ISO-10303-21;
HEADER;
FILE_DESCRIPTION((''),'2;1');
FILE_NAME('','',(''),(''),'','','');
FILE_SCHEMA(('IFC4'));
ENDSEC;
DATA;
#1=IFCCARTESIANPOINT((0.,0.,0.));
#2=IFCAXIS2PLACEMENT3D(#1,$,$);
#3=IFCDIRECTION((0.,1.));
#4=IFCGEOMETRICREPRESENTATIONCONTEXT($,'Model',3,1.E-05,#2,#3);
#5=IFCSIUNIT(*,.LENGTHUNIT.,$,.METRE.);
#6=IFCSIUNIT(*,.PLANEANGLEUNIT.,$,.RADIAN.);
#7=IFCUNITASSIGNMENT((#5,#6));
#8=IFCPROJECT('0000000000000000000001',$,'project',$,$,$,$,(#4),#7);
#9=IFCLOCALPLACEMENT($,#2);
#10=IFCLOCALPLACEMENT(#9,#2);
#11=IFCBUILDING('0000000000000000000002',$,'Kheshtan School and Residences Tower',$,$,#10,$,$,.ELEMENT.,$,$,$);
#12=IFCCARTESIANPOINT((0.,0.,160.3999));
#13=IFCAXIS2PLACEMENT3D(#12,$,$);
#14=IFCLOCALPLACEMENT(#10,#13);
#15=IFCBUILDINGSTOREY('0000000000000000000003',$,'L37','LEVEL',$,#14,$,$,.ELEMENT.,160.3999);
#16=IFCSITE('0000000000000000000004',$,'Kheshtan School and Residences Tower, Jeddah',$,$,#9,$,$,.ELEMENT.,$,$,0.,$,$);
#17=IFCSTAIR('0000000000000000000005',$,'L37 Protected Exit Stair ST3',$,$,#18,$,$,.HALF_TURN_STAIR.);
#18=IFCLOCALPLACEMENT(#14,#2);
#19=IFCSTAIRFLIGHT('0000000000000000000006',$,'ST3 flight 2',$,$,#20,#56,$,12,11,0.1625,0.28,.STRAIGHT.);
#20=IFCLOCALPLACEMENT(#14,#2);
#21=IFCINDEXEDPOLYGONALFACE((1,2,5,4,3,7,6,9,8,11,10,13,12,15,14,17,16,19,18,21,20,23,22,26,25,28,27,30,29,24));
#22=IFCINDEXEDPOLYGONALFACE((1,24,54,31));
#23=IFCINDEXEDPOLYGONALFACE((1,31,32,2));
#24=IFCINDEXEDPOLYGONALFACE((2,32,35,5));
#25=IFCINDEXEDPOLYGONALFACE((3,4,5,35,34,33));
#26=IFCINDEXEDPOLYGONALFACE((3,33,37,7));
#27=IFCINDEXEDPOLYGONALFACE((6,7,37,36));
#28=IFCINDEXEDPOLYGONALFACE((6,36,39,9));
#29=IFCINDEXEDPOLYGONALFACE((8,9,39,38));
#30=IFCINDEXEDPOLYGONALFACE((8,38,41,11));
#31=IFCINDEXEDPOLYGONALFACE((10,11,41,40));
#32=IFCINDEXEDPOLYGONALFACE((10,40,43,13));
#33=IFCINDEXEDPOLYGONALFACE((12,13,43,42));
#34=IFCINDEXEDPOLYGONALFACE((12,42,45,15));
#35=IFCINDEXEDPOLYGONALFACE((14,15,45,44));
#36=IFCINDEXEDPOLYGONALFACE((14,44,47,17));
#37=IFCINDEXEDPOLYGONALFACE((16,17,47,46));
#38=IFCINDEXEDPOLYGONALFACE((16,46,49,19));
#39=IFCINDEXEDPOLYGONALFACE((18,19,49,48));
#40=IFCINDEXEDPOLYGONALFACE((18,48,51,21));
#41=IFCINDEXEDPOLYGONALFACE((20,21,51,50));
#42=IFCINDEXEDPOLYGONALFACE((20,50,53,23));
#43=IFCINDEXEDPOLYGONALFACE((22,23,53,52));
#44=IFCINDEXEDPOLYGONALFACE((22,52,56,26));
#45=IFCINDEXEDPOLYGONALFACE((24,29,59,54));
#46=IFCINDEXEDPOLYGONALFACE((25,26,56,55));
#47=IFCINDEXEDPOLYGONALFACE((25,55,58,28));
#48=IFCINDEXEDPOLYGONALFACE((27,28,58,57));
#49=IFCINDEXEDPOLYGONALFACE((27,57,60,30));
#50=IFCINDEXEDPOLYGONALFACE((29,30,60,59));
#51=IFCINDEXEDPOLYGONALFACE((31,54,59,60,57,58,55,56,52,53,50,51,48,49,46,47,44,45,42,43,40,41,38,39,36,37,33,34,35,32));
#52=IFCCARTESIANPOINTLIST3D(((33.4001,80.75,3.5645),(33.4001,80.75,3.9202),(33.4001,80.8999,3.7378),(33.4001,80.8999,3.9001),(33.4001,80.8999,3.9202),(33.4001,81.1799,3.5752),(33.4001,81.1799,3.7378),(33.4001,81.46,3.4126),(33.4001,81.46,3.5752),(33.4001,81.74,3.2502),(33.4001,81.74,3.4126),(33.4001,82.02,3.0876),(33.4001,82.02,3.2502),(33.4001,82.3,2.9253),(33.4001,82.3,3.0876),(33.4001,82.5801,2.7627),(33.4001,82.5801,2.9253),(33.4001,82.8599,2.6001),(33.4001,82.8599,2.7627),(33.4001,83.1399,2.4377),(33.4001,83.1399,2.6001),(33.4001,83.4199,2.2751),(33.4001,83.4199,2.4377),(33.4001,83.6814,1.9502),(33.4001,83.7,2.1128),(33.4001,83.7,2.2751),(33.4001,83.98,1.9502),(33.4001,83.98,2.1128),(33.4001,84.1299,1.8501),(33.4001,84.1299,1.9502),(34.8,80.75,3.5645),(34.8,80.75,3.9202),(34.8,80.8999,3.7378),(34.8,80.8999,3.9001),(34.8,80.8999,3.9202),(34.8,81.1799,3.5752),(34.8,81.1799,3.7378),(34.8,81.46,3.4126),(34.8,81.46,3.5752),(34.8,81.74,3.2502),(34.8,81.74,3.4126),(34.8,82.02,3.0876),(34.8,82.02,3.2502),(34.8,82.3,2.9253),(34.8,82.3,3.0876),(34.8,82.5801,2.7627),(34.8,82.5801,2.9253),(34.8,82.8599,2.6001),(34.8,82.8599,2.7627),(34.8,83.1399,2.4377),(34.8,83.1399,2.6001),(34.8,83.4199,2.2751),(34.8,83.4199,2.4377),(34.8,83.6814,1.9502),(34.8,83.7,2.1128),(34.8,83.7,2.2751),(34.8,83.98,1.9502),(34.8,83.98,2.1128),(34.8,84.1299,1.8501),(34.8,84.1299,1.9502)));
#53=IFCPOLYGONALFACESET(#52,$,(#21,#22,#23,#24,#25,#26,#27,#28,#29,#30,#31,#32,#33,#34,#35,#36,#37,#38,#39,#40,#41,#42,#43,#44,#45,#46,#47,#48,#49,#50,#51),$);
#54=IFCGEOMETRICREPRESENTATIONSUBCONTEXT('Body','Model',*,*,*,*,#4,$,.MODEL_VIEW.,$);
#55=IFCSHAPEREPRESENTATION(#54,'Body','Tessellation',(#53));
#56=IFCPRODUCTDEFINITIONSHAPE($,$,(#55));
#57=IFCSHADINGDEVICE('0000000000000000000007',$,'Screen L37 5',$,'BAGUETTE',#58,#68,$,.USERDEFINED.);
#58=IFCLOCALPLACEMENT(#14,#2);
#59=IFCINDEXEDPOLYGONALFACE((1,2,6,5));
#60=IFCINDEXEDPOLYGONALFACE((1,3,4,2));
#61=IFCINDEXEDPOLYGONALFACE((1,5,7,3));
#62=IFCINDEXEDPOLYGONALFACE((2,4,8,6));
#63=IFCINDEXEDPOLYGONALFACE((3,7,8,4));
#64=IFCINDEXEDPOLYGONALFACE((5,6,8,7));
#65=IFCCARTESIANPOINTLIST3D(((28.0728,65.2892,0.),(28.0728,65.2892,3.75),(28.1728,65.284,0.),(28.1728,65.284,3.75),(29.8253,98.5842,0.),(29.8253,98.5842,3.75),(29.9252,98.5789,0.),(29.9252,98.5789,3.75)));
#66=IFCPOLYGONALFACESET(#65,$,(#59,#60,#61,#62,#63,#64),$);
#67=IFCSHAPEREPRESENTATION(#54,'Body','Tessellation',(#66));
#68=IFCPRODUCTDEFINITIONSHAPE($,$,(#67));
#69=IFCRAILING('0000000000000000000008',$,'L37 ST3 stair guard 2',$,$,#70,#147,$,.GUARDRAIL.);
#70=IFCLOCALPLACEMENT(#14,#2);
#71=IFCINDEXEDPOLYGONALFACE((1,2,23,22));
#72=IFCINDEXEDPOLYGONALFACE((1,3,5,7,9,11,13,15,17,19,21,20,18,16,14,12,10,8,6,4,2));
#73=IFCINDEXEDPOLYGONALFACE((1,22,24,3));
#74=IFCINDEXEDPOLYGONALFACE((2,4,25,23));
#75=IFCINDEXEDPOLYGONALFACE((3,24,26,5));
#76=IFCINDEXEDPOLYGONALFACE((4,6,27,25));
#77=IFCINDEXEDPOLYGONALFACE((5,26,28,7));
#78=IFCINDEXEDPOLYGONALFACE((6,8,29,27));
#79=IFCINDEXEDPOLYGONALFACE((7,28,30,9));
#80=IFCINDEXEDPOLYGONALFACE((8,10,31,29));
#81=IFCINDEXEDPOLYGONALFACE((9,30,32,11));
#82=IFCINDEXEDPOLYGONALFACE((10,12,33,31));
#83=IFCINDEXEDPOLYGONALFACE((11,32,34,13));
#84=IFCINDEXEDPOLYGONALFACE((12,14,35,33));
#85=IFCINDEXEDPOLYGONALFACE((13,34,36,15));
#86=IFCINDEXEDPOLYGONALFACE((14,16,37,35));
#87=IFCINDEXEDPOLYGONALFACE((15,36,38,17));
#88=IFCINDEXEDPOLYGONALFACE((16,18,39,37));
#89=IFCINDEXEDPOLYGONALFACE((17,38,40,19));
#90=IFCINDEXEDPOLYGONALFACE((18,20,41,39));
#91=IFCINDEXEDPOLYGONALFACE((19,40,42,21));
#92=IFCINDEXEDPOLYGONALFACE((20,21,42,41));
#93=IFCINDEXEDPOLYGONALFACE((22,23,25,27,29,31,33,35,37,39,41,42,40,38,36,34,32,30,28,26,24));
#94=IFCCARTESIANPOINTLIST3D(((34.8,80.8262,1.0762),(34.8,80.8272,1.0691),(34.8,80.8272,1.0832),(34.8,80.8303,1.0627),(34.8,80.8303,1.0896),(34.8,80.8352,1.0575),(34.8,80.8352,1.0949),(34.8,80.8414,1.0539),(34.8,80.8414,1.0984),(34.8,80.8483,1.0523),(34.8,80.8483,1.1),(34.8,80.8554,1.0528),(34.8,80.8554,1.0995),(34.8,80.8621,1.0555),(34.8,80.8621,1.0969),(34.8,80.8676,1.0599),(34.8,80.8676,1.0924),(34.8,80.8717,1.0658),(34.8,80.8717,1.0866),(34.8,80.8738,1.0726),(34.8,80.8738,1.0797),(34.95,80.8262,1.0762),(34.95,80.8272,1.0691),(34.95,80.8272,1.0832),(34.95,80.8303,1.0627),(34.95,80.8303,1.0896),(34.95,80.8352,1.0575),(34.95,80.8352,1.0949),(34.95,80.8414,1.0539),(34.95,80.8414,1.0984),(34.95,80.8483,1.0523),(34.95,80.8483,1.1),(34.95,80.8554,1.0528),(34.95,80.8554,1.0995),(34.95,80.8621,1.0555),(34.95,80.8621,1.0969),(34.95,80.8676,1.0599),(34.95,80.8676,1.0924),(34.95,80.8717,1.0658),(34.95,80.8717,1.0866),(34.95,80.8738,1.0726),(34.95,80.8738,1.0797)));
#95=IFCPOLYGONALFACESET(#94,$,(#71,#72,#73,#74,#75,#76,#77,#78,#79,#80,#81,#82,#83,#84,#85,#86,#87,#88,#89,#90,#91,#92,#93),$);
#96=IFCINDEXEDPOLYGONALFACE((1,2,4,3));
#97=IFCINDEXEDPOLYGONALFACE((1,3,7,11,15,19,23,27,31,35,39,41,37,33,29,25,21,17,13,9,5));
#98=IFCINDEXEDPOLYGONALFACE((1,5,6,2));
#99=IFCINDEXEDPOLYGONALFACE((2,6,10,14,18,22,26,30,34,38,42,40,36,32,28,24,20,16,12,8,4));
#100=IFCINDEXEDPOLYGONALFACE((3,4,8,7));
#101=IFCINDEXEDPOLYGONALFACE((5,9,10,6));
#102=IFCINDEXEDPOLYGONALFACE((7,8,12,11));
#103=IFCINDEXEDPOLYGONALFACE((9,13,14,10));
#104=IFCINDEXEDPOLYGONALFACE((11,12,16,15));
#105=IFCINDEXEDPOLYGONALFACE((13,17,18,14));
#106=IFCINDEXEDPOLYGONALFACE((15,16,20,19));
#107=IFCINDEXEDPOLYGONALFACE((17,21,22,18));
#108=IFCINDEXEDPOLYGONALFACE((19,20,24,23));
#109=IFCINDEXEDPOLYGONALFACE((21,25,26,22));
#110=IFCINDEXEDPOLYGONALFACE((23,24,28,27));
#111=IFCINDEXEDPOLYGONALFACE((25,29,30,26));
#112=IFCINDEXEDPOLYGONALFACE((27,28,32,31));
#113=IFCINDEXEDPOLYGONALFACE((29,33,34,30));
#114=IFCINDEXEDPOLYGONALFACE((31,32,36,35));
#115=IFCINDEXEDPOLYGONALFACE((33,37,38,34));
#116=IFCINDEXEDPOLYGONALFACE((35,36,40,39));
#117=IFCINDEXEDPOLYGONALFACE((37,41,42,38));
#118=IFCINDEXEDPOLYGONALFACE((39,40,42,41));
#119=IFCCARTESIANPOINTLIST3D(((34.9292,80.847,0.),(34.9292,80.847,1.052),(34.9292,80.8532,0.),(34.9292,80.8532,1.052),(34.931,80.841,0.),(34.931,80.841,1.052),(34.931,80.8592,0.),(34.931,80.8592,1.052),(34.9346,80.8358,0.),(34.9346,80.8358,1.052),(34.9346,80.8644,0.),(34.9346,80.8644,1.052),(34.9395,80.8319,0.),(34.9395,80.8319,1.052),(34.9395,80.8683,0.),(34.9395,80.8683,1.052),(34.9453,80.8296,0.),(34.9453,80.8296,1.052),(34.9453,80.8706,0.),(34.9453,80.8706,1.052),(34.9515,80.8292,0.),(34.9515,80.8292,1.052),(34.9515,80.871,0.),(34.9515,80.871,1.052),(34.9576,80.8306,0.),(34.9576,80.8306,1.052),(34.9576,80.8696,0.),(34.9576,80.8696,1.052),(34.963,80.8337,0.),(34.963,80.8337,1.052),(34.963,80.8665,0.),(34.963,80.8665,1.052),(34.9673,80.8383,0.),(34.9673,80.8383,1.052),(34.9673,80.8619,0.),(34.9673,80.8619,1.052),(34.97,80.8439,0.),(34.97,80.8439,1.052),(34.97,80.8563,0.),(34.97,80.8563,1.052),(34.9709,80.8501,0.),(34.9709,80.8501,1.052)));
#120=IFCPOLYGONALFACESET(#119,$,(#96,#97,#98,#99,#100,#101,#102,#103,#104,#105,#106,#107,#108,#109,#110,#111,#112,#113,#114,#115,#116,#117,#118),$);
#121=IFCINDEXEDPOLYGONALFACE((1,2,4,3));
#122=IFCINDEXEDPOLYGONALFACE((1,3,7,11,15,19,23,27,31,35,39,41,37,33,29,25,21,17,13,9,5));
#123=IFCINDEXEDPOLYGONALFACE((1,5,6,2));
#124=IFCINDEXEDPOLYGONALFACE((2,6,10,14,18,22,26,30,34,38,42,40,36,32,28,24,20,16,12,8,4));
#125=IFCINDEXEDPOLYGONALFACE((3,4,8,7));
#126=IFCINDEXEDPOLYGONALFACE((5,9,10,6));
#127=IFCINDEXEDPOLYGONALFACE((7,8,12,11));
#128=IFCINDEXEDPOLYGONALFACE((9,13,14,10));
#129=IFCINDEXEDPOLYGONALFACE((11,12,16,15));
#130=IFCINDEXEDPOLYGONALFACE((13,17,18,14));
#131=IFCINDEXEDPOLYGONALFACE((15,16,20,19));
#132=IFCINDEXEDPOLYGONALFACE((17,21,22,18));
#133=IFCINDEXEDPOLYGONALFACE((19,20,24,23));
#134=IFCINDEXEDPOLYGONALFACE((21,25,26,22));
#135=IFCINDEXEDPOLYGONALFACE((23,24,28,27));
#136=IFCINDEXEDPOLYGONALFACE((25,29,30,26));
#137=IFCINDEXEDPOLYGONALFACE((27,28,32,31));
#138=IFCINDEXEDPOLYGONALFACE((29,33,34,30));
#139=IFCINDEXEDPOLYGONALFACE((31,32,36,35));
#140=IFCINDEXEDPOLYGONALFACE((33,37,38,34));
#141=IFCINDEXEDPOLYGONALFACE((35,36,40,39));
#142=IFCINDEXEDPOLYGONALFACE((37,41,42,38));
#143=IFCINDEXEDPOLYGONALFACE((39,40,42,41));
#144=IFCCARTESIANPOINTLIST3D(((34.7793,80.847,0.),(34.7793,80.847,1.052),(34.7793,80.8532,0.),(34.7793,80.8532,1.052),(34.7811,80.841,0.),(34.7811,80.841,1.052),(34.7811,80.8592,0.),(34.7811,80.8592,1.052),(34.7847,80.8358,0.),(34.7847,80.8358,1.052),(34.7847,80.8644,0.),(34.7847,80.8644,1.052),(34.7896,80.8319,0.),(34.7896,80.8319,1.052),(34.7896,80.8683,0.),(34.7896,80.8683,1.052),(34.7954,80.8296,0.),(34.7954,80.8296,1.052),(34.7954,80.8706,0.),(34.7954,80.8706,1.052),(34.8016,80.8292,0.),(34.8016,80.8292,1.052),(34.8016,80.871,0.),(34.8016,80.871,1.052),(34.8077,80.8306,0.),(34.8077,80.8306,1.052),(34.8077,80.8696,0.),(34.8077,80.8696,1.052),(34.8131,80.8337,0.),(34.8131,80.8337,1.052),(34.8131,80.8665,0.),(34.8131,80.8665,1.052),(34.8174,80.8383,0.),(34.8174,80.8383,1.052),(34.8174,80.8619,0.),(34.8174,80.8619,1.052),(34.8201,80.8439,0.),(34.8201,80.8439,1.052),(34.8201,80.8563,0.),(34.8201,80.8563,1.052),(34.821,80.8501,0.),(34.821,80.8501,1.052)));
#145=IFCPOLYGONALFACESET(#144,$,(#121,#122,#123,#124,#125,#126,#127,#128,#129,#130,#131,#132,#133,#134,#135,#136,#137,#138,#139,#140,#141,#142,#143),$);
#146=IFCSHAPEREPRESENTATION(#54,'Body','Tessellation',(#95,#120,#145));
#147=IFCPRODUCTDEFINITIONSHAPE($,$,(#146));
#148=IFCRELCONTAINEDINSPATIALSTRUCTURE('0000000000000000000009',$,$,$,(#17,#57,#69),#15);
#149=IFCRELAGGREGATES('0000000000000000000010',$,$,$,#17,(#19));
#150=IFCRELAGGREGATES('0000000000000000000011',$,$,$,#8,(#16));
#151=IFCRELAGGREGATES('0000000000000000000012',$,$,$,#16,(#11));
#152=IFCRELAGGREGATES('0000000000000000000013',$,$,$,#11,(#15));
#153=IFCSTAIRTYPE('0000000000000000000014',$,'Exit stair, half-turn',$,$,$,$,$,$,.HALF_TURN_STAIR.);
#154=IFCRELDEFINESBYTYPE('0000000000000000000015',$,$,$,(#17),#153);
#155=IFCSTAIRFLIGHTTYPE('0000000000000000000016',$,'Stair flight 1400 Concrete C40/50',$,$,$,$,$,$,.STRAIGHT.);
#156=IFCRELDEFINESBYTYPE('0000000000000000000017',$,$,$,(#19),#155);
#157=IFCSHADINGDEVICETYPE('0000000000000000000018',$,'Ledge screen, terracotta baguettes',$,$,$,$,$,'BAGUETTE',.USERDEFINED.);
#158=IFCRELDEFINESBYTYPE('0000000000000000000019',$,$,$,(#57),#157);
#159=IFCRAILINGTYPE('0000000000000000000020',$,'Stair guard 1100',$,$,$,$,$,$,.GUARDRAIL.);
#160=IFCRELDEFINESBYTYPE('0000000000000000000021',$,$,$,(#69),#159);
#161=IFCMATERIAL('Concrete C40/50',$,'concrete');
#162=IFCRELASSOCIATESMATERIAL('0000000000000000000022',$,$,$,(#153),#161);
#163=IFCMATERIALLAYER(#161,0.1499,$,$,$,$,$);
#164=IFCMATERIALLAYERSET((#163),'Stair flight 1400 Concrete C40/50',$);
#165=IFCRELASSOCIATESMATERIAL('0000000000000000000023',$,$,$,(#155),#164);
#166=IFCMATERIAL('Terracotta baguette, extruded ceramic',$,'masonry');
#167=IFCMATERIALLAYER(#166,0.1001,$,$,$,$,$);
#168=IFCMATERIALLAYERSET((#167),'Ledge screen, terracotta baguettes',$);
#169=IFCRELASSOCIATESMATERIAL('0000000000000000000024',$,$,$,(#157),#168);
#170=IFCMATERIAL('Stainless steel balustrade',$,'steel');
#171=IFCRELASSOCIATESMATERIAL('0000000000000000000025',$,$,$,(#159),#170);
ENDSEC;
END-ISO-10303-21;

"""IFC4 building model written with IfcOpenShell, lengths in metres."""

from ifc_helpers import new_model, si_unit, direction, frame, origin, origin_2d, place, context, subcontext, project, spatial, polyline, rectangle, circle, outline, extrude, material, layer, layer_set, type_object, element, aggregate, save


model = new_model("IFC4")

# Units and contexts
model_context = context("Model", 3, precision=1e-05, world=origin(), true_north=direction((0.0, 1.0)))
body_context = subcontext(model_context, "Body", "Model", "MODEL_VIEW")
ifc_project = project(units=[si_unit("LENGTHUNIT", "METRE"), si_unit("PLANEANGLEUNIT", "RADIAN")], contexts=[model_context])

# Site, building, storey
site_placement = place(None, origin())
site = spatial("IfcSite", under=ifc_project, at=site_placement, Name="Kheshtan School and Residences Tower, Jeddah", CompositionType="ELEMENT", RefElevation=0.0)
building_placement = place(site_placement, origin())
building = spatial("IfcBuilding", under=site, at=building_placement, Name="Kheshtan School and Residences Tower", CompositionType="ELEMENT")
storey_placement = place(building_placement, frame((0.0, 0.0, 160.3999)))
storey = spatial("IfcBuildingStorey", under=building, at=storey_placement, Name="L37", Description="LEVEL", CompositionType="ELEMENT", Elevation=160.3999)

# Shared definitions
ifc_material_1 = material(Name="Concrete C40/50", Category="concrete")

# Stair, stair flight
stair_type = type_object("IfcStairType", Name="Exit stair, half-turn", PredefinedType="HALF_TURN_STAIR", material=ifc_material_1)
stair_placement = place(storey_placement, origin())
stair = element("IfcStair", 1, at=stair_placement, inside=storey, type_object=stair_type, Name="L37 Protected Exit Stair ST3", PredefinedType="HALF_TURN_STAIR")
ifc_layer_1 = layer(ifc_material_1, 0.1499)
ifc_layer_set_1 = layer_set([ifc_layer_1], Name="Stair flight 1400 Concrete C40/50")
stair_flight_type = type_object("IfcStairFlightType", Name="Stair flight 1400 Concrete C40/50", PredefinedType="STRAIGHT", material=ifc_layer_set_1)
stair_flight_1_placement = place(storey_placement, frame((34.1001, 83.98, 1.9502), z_axis=(0.0, 0.0, 1.0), x_axis=(0.0, -1.0, 0.0)))
stair_flight_1 = element("IfcStairFlight", 2, at=stair_flight_1_placement, type_object=stair_flight_type, Name="ST3 flight 2", NumberOfRisers=12, NumberOfTreads=11, PredefinedType="STRAIGHT", RiserHeight=0.1625, TreadLength=0.28, context=body_context, shape_type="SweptSolid", body=[
    extrude(outline(polyline([(-0.1499, -0.1001), (-0.1499, 0.0), (0.0, 0.0), (0.0, 0.1626), (0.28, 0.1626), (0.28, 0.325), (0.5601, 0.325), (0.5601, 0.4875), (0.8401, 0.4875), (0.8401, 0.6499), (1.1201, 0.6499), (1.1201, 0.8125), (1.3999, 0.8125), (1.3999, 0.9751), (1.6799, 0.9751), (1.6799, 1.1375), (1.96, 1.1375), (1.96, 1.3), (2.24, 1.3), (2.24, 1.4624), (2.52, 1.4624), (2.52, 1.625), (2.8, 1.625), (2.8, 1.7876), (3.0801, 1.7876), (3.0801, 1.95), (3.0801, 1.97), (3.23, 1.97), (3.23, 1.6143), (0.2986, 0.0), (-0.1499, -0.1001)])), frame((0.0, 0.7, 0.0), z_axis=(0.0, -1.0, 0.0), x_axis=(1.0, 0.0, 0.0)), (0.0, 0.0, 1.0), 1.3999),
])
aggregate(stair, [stair_flight_1])

# Shading device
ifc_material_2 = material(Name="Terracotta baguette, extruded ceramic", Category="masonry")
ifc_layer_2 = layer(ifc_material_2, 0.1001)
ifc_layer_set_2 = layer_set([ifc_layer_2], Name="Ledge screen, terracotta baguettes")
shading_device_type = type_object("IfcShadingDeviceType", Name="Ledge screen, terracotta baguettes", ElementType="BAGUETTE", PredefinedType="USERDEFINED", material=ifc_layer_set_2)
shading_device_placement = place(storey_placement, frame((28.999, 81.9341, 0.0), z_axis=(0.0, 0.0, 1.0), x_axis=(0.052563, 0.998618, 0.0)))
element("IfcShadingDevice", 3, at=shading_device_placement, inside=storey, type_object=shading_device_type, Name="Screen L37 5", ObjectType="BAGUETTE", PredefinedType="USERDEFINED", context=body_context, shape_type="SweptSolid", body=[
    extrude(rectangle(XDim=33.3411, YDim=0.1001, at=origin_2d()), origin(), (0.0, 0.0, 1.0), 3.75),
])

# Railing
ifc_material_3 = material(Name="Stainless steel balustrade", Category="steel")
railing_type_1 = type_object("IfcRailingType", Name="Stair guard 1100", PredefinedType="GUARDRAIL", material=ifc_material_3)
railing_1_placement = place(storey_placement, frame((34.95, 80.8501, 0.0)))
element("IfcRailing", 4, at=railing_1_placement, inside=storey, type_object=railing_type_1, Name="L37 ST3 stair guard 2", PredefinedType="GUARDRAIL", context=body_context, shape_type="SweptSolid", body=[
    extrude(circle(Radius=0.0239, at=origin_2d()), frame((0.0, 0.0, 1.0762), z_axis=(-1.0, 0.0, 0.0), x_axis=(0.0, -1.0, 0.0)), (0.0, 0.0, 1.0), 0.1499),
    extrude(circle(Radius=0.021, at=origin_2d()), origin(), (0.0, 0.0, 1.0), 1.052),
    extrude(circle(Radius=0.021, at=origin_2d()), frame((-0.1499, 0.0, 0.0)), (0.0, 0.0, 1.0), 1.052),
])

save(model, "model.ifc")
